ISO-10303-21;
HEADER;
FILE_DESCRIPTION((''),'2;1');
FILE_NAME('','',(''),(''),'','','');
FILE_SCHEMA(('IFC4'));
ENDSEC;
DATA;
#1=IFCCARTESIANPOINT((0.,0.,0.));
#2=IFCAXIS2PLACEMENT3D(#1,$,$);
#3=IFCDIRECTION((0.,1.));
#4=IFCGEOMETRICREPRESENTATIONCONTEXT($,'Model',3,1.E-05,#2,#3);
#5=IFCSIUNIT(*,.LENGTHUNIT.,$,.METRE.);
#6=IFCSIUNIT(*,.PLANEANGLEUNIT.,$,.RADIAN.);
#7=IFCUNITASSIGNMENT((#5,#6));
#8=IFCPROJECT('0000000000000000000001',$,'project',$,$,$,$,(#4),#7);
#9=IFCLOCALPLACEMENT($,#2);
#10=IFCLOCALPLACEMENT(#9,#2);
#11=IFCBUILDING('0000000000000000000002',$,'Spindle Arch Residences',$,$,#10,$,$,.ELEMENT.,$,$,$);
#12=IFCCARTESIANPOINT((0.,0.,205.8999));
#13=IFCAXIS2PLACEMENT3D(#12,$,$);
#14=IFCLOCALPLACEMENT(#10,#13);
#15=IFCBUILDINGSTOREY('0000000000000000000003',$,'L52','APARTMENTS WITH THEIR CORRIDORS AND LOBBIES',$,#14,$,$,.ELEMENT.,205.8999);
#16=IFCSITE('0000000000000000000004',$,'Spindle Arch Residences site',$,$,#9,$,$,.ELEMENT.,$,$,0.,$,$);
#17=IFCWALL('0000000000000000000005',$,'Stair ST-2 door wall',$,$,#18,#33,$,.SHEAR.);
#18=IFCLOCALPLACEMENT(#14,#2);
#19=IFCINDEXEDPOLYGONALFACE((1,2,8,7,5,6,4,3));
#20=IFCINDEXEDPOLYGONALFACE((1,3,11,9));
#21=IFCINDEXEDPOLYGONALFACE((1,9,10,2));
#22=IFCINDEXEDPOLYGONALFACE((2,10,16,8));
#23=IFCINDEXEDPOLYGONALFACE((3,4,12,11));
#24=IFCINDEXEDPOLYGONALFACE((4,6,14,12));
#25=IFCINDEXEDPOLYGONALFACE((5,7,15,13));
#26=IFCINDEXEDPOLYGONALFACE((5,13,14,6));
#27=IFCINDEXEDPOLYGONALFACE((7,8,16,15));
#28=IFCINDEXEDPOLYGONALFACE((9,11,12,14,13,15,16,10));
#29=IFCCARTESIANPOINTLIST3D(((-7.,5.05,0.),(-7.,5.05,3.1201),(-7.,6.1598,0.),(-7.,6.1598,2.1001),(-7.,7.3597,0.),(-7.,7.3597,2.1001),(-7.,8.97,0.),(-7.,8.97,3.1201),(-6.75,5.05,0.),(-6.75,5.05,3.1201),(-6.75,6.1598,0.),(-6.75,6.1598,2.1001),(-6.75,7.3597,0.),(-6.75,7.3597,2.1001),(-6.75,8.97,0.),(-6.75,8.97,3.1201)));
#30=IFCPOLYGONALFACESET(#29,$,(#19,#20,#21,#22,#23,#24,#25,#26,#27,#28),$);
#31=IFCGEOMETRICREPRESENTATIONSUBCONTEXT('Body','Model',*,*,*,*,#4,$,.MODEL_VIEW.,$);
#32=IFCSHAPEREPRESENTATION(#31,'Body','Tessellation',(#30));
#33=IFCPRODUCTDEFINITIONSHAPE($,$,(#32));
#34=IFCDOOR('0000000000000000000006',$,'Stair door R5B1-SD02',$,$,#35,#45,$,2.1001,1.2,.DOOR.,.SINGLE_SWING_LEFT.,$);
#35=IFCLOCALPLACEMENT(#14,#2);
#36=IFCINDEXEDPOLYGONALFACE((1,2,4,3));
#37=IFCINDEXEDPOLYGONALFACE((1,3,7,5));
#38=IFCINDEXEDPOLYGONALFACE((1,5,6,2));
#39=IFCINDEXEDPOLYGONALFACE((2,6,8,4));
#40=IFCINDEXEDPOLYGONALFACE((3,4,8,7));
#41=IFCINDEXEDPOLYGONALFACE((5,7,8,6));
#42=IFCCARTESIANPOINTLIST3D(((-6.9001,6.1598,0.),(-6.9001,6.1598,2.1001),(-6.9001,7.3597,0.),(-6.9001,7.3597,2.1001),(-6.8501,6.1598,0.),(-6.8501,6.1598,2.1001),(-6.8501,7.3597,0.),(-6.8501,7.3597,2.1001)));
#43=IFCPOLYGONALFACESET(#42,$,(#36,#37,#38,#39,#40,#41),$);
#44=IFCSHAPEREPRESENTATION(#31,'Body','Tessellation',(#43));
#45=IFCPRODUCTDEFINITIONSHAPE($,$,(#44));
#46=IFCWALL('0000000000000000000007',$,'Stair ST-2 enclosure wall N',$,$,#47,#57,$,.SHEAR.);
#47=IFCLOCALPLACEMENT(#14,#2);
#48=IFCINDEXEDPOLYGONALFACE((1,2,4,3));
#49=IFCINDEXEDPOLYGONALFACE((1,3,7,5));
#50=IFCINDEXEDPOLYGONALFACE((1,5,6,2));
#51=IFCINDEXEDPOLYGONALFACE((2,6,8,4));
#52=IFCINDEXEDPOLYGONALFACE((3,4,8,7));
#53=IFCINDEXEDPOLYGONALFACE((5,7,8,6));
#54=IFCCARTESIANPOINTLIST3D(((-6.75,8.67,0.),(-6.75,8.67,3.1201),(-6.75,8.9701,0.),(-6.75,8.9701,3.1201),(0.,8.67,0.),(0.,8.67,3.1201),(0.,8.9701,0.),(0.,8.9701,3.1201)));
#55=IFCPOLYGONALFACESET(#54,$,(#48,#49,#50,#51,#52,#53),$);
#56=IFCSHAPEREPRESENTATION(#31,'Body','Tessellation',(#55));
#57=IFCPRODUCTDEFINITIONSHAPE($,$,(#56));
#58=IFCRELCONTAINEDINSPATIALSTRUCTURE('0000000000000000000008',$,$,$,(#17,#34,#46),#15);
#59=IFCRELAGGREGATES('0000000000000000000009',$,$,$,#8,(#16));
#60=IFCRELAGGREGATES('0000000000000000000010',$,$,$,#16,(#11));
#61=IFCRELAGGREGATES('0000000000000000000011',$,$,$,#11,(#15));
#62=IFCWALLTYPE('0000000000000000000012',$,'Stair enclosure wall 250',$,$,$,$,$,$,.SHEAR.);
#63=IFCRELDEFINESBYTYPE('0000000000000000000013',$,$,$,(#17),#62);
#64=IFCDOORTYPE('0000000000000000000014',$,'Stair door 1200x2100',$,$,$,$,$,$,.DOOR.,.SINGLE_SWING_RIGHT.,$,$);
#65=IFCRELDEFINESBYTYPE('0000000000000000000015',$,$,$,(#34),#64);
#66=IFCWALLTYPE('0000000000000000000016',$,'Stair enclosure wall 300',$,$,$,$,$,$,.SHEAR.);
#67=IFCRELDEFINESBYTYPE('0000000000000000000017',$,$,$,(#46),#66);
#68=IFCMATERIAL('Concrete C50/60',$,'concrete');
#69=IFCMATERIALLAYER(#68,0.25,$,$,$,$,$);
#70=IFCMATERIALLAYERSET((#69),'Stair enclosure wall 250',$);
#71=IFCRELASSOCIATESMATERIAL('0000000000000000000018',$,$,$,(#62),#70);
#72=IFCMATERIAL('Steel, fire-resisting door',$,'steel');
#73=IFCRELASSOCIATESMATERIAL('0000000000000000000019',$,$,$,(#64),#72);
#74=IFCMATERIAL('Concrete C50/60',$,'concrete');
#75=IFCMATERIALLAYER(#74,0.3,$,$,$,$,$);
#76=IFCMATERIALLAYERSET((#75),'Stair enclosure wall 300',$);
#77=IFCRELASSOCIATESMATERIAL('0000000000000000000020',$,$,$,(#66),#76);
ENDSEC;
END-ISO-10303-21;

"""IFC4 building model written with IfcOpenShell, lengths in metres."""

from ifc_helpers import new_model, si_unit, direction, frame, frame_2d, origin, place, context, subcontext, project, spatial, rectangle, extrude, material, layer, layer_set, type_object, element, fill, save


model = new_model("IFC4")

# Units and contexts
model_context = context("Model", 3, precision=1e-05, world=origin(), true_north=direction((0.0, 1.0)))
body_context = subcontext(model_context, "Body", "Model", "MODEL_VIEW")
ifc_project = project(units=[si_unit("LENGTHUNIT", "METRE"), si_unit("PLANEANGLEUNIT", "RADIAN")], contexts=[model_context])

# Site, building, storey
site_placement = place(None, origin())
site = spatial("IfcSite", under=ifc_project, at=site_placement, Name="Spindle Arch Residences site", CompositionType="ELEMENT", RefElevation=0.0)
building_placement = place(site_placement, origin())
building = spatial("IfcBuilding", under=site, at=building_placement, Name="Spindle Arch Residences", CompositionType="ELEMENT")
storey_placement = place(building_placement, frame((0.0, 0.0, 205.8999)))
storey = spatial("IfcBuildingStorey", under=building, at=storey_placement, Name="L52", Description="APARTMENTS WITH THEIR CORRIDORS AND LOBBIES", CompositionType="ELEMENT", Elevation=205.8999)

# Wall, opening, door
ifc_material_1 = material(Name="Concrete C50/60", Category="concrete")
ifc_layer_1 = layer(ifc_material_1, 0.25)
ifc_layer_set_1 = layer_set([ifc_layer_1], Name="Stair enclosure wall 250")
wall_type_1 = type_object("IfcWallType", Name="Stair enclosure wall 250", PredefinedType="SHEAR", material=ifc_layer_set_1)
wall_1_placement = place(storey_placement, frame((-6.875, 8.97, 0.0), z_axis=(0.0, 0.0, 1.0), x_axis=(0.0, -1.0, 0.0)))
wall_1 = element("IfcWall", 1, at=wall_1_placement, inside=storey, type_object=wall_type_1, Name="Stair ST-2 door wall", PredefinedType="SHEAR", context=body_context, shape_type="SweptSolid", body=[
    extrude(rectangle(XDim=3.9199, YDim=0.25, at=frame_2d((1.96, 0.0))), origin(), (0.0, 0.0, 1.0), 3.1201),
])
opening_1_placement = place(wall_1_placement, frame((1.6101, 0.0, 0.0)))
opening_1 = element("IfcOpeningElement", 2, at=opening_1_placement, cuts=wall_1, PredefinedType="OPENING", context=body_context, shape_type="SweptSolid", body=[
    extrude(rectangle(XDim=1.2, YDim=2.1001, at=frame_2d((0.6001, 1.05))), frame((0.0, 0.135, 0.0), z_axis=(0.0, -1.0, 0.0), x_axis=(1.0, 0.0, 0.0)), (0.0, 0.0, 1.0), 0.27),
])
ifc_material_2 = material(Name="Steel, fire-resisting door", Category="steel")
door_type_1 = type_object("IfcDoorType", Name="Stair door 1200x2100", OperationType="SINGLE_SWING_RIGHT", PredefinedType="DOOR", material=ifc_material_2)
door_1_placement = place(opening_1_placement, origin())
door_1 = element("IfcDoor", 3, at=door_1_placement, inside=storey, type_object=door_type_1, Name="Stair door R5B1-SD02", OperationType="SINGLE_SWING_LEFT", OverallHeight=2.1001, OverallWidth=1.2, PredefinedType="DOOR", context=body_context, shape_type="SweptSolid", body=[
    extrude(rectangle(XDim=1.2, YDim=2.1001, at=frame_2d((0.6001, 1.05))), frame((0.0, 0.0249, 0.0), z_axis=(0.0, -1.0, 0.0), x_axis=(1.0, 0.0, 0.0)), (0.0, 0.0, 1.0), 0.05),
])
fill(opening_1, door_1)

# Wall
ifc_material_3 = material(Name="Concrete C50/60", Category="concrete")
ifc_layer_2 = layer(ifc_material_3, 0.3)
ifc_layer_set_2 = layer_set([ifc_layer_2], Name="Stair enclosure wall 300")
wall_type_2 = type_object("IfcWallType", Name="Stair enclosure wall 300", PredefinedType="SHEAR", material=ifc_layer_set_2)
wall_2_placement = place(storey_placement, frame((-6.75, 8.8201, 0.0), z_axis=(0.0, 0.0, 1.0), x_axis=(1.0, 0.0, 0.0)))
element("IfcWall", 4, at=wall_2_placement, inside=storey, type_object=wall_type_2, Name="Stair ST-2 enclosure wall N", PredefinedType="SHEAR", context=body_context, shape_type="SweptSolid", body=[
    extrude(rectangle(XDim=6.75, YDim=0.3, at=frame_2d((3.375, 0.0))), origin(), (0.0, 0.0, 1.0), 3.1201),
])

save(model, "model.ifc")
